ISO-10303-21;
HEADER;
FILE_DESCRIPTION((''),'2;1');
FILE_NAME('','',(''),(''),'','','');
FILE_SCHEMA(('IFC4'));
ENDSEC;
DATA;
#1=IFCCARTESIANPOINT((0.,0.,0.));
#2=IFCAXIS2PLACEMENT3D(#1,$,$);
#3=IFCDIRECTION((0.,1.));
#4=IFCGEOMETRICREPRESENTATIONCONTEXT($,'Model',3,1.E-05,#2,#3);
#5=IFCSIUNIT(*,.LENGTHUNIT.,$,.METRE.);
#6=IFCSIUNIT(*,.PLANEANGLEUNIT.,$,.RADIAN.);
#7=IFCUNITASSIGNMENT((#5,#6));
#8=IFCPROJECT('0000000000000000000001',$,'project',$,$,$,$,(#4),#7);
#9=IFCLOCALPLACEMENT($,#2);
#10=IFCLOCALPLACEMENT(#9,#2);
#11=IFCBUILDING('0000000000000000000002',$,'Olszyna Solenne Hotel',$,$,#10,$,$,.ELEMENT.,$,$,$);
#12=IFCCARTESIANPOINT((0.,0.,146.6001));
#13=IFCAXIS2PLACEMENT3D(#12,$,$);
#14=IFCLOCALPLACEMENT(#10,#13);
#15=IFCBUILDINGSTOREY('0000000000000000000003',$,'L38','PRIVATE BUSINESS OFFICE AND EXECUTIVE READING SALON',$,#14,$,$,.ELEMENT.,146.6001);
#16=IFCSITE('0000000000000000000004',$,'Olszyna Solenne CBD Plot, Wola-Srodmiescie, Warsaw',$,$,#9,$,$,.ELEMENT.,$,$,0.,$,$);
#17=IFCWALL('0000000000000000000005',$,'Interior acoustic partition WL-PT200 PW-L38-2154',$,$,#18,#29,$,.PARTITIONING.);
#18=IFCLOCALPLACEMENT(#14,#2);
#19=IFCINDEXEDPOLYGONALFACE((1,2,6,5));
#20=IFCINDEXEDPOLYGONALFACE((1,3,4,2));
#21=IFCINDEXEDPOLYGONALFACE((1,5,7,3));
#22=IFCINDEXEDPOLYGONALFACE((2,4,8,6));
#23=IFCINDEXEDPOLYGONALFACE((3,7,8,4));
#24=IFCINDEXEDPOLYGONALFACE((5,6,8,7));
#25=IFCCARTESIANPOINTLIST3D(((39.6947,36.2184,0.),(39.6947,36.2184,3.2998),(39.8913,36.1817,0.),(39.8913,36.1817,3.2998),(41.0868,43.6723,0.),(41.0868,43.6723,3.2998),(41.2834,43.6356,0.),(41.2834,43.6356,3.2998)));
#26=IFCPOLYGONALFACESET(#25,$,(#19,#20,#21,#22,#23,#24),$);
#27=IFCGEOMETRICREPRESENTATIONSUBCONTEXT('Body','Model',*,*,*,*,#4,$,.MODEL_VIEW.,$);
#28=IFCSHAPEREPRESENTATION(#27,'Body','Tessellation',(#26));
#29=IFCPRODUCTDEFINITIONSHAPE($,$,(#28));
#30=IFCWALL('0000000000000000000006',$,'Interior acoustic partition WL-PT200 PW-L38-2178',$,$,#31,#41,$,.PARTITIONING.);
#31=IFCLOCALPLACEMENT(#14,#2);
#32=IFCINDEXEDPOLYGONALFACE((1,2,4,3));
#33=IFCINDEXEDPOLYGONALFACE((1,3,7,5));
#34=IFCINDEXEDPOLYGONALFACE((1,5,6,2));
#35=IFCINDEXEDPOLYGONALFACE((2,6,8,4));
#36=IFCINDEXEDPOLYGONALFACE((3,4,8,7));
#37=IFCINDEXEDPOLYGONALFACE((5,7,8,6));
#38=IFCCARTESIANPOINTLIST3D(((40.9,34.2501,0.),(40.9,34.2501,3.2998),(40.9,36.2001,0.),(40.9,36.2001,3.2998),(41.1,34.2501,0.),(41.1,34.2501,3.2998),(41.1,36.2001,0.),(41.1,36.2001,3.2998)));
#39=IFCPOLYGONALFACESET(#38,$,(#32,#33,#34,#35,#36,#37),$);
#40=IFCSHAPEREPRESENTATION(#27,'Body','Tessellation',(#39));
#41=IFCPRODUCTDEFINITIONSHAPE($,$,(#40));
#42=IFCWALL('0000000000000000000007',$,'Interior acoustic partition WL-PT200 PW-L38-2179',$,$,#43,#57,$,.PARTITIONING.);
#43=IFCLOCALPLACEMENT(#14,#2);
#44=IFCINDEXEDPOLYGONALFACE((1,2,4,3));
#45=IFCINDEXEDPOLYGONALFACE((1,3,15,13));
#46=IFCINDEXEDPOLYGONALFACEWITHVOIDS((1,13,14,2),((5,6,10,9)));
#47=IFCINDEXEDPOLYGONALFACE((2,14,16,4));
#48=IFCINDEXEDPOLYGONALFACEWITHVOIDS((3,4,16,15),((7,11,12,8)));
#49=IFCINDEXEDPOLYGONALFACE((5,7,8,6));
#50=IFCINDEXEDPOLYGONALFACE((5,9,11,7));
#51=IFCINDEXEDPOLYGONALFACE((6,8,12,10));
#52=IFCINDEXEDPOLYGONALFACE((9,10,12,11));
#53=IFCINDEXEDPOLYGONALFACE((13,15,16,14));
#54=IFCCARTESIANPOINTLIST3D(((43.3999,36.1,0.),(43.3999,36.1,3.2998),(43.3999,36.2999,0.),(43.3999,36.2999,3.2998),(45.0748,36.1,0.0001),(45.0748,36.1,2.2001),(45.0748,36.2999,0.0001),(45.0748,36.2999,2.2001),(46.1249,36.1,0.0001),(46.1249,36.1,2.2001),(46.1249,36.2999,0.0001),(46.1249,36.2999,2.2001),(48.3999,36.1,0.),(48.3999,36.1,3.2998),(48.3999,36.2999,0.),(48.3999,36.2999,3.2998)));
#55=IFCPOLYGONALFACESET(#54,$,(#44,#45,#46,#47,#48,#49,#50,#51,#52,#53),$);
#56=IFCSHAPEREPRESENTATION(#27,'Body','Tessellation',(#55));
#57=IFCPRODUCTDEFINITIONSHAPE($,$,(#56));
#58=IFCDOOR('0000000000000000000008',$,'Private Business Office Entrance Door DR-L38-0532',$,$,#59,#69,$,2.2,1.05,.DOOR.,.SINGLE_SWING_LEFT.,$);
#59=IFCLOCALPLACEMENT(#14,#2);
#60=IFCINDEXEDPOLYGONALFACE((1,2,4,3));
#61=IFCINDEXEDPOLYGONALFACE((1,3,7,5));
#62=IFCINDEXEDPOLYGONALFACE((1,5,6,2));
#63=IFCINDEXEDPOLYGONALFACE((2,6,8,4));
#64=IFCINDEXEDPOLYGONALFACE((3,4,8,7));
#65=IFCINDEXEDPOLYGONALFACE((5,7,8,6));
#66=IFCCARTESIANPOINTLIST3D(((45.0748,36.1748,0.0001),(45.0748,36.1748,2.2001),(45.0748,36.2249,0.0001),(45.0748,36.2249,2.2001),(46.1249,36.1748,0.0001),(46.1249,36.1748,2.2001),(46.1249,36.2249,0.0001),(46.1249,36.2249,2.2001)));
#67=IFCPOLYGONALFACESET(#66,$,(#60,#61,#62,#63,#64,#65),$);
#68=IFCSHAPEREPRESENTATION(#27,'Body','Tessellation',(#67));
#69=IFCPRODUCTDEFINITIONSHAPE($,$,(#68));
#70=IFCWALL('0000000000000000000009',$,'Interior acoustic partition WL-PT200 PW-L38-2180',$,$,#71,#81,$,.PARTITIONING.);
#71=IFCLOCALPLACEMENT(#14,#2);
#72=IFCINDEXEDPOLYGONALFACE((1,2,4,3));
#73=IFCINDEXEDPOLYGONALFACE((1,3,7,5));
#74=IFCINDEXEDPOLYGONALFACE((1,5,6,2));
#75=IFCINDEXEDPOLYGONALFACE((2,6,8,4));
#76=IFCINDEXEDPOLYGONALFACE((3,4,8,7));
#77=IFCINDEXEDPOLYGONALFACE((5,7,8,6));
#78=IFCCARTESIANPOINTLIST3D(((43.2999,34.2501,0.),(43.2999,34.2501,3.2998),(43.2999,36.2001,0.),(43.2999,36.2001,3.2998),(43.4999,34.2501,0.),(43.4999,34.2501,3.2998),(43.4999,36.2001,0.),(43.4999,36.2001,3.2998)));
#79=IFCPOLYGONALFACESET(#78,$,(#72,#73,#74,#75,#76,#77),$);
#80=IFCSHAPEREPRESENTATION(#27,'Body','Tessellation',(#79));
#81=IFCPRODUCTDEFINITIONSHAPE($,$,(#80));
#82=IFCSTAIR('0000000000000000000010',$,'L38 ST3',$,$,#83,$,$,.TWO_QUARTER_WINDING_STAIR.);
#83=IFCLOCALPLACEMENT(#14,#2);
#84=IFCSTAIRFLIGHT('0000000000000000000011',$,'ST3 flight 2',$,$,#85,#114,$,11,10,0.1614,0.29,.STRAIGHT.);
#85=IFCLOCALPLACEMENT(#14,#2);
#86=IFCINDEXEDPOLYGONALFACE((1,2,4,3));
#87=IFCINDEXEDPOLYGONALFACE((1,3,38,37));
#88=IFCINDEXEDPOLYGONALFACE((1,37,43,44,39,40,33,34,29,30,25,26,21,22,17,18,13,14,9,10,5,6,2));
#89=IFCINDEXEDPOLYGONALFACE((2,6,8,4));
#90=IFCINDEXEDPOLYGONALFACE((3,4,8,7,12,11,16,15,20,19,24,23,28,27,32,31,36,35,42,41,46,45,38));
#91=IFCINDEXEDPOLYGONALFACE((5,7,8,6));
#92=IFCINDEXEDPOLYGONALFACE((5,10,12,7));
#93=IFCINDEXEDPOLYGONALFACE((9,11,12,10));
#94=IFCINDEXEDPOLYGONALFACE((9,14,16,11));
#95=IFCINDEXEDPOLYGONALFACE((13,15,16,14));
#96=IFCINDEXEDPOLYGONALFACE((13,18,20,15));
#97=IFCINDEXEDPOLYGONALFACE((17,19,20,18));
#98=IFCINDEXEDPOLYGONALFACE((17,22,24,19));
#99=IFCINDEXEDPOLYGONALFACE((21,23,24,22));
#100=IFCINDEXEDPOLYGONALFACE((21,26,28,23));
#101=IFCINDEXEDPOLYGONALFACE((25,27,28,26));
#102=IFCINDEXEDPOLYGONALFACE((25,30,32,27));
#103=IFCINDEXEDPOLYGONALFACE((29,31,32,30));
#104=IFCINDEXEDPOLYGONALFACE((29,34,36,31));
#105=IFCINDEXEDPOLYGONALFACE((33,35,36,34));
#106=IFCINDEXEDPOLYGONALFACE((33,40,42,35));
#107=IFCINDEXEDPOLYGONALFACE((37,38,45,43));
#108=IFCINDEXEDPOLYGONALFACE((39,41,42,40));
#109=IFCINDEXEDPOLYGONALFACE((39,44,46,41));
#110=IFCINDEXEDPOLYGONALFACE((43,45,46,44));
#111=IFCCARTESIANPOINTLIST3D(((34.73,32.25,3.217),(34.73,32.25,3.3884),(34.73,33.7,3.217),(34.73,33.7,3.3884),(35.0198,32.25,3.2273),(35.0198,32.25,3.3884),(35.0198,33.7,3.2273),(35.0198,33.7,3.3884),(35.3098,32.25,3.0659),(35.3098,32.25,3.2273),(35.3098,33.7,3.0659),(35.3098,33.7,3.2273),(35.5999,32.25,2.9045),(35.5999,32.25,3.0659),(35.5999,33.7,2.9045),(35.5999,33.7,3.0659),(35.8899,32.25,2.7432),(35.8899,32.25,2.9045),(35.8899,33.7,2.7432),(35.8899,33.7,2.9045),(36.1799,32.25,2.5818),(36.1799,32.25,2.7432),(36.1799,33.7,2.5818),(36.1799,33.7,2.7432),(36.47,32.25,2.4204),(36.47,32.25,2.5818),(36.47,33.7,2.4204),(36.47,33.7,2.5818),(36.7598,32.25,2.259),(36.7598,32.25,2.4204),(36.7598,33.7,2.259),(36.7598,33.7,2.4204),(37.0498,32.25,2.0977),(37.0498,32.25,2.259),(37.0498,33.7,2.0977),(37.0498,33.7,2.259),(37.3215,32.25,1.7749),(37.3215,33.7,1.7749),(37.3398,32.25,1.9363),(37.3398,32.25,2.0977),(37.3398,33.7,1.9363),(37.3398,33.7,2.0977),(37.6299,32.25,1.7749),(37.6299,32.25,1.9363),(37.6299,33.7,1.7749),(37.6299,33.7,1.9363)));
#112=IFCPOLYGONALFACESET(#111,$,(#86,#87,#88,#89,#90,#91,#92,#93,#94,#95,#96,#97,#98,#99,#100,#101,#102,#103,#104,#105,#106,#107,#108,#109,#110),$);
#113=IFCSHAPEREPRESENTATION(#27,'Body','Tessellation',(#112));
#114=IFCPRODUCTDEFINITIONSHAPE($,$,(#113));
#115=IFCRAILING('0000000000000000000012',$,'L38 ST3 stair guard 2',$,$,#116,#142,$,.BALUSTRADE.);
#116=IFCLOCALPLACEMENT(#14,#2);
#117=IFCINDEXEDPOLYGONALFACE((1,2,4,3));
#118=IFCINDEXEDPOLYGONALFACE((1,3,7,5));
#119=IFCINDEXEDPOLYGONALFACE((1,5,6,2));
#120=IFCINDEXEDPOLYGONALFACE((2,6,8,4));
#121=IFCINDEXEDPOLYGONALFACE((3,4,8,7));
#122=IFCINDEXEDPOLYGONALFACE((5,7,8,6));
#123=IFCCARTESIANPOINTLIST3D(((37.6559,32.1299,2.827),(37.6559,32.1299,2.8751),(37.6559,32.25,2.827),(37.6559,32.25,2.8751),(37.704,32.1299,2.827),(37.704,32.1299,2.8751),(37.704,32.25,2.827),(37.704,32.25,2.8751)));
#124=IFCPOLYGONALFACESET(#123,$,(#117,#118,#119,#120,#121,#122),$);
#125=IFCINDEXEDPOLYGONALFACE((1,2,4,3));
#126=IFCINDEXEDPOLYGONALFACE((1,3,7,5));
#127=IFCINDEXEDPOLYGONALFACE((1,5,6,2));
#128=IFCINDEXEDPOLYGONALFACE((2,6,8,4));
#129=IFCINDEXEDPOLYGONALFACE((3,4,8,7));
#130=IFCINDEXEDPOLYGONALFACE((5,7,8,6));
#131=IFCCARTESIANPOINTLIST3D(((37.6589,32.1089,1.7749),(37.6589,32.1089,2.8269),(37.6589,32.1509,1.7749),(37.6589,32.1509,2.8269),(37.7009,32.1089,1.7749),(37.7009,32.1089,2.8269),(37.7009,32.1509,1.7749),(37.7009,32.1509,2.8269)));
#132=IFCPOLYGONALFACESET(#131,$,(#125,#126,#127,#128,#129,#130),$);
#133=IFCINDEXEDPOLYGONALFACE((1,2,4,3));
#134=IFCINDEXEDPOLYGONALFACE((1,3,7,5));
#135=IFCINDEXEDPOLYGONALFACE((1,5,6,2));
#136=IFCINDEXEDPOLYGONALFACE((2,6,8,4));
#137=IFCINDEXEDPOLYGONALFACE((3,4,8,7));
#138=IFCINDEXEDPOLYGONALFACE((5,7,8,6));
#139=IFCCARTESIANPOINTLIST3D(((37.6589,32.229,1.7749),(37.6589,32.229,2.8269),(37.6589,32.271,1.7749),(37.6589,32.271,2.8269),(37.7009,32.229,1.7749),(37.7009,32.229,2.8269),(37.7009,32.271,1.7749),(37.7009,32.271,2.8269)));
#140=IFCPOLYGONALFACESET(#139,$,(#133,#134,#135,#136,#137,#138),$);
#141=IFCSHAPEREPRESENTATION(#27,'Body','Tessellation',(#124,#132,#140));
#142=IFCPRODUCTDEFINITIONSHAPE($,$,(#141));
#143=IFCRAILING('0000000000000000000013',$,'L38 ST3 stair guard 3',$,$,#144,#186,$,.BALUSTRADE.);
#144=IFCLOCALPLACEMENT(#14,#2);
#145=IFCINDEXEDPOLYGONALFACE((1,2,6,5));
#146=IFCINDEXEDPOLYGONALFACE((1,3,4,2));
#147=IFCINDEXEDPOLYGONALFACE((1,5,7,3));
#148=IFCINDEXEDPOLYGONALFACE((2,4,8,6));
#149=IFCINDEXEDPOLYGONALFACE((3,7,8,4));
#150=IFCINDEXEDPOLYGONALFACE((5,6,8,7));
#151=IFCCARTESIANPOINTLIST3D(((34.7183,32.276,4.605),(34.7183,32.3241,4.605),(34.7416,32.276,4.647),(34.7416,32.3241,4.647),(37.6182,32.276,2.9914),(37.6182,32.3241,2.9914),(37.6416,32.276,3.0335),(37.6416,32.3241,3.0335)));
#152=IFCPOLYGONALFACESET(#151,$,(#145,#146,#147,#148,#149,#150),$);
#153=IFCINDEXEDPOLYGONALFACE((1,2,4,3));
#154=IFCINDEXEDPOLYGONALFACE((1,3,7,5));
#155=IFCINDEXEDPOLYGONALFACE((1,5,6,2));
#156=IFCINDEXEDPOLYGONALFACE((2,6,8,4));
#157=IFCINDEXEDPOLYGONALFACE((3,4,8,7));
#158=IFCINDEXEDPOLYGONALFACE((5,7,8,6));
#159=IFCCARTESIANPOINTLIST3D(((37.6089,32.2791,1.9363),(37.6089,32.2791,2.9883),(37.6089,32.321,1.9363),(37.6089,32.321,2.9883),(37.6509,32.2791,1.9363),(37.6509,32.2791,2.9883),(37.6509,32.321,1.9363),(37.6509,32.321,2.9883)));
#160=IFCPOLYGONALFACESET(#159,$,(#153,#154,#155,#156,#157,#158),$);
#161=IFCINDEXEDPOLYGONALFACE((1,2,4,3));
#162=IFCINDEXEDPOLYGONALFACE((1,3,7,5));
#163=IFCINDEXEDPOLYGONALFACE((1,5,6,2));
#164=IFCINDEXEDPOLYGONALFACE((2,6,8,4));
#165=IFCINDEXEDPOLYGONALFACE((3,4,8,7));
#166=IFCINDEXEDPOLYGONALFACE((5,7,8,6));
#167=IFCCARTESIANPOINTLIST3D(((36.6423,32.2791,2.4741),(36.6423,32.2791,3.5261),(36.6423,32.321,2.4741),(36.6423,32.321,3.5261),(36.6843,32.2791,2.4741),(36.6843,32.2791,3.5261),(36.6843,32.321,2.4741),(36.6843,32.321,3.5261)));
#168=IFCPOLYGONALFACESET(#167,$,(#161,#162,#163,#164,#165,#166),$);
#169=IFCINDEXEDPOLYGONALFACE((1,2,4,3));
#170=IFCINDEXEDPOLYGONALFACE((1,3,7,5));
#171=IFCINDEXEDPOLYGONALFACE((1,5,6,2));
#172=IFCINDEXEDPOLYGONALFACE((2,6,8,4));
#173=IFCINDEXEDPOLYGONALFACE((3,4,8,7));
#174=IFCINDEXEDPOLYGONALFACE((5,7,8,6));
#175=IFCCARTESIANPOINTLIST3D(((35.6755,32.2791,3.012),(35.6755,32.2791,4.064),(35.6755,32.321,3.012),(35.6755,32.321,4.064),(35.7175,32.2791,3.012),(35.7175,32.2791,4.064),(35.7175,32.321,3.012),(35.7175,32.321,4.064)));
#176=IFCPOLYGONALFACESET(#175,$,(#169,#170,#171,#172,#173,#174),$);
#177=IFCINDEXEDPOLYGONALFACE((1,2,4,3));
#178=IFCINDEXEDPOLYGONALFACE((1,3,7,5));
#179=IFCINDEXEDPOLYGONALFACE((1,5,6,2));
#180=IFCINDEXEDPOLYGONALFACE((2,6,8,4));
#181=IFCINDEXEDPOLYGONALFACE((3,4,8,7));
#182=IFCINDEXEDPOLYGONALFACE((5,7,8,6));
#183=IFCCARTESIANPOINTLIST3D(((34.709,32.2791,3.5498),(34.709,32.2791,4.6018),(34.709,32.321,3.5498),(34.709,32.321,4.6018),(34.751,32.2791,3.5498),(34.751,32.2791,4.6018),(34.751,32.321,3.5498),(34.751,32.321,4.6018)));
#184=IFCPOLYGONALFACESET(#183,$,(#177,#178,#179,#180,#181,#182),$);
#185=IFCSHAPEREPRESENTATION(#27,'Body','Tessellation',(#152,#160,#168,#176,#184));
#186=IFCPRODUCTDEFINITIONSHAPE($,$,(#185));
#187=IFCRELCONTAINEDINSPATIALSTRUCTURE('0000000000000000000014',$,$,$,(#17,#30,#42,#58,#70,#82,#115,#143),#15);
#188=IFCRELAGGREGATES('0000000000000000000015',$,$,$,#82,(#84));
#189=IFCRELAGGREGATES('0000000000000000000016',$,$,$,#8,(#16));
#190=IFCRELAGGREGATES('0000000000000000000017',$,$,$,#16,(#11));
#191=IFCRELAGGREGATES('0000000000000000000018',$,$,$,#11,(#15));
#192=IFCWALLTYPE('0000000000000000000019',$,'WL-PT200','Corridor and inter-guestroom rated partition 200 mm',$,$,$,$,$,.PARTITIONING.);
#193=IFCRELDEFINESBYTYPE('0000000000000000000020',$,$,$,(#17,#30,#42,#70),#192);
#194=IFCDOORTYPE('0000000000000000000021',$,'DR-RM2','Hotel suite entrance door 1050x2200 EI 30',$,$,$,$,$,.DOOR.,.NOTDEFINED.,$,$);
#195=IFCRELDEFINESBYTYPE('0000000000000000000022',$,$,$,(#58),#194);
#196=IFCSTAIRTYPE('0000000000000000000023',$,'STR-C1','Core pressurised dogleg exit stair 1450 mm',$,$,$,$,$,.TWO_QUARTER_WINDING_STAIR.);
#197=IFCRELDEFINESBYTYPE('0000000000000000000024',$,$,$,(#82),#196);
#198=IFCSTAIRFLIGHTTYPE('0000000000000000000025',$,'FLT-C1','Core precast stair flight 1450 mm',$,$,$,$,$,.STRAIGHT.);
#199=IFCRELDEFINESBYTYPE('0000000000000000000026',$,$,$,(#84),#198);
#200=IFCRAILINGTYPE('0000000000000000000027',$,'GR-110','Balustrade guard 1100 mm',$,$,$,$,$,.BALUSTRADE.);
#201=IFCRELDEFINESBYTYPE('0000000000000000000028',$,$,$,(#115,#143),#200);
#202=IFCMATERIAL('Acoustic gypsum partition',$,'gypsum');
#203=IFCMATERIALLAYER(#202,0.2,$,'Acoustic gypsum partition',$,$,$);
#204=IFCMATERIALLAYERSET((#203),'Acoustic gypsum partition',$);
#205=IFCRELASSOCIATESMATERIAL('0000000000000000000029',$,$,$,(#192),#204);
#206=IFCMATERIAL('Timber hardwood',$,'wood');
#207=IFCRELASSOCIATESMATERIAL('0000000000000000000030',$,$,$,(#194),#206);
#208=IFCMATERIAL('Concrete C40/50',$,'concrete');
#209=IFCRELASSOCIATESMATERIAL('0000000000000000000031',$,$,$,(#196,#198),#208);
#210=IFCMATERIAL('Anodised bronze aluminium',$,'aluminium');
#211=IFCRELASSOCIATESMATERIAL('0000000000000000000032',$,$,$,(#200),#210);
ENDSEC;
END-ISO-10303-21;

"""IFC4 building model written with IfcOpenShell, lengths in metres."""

from ifc_helpers import new_model, si_unit, direction, frame, frame_2d, origin, origin_2d, place, context, subcontext, project, spatial, polyline, rectangle, outline, extrude, source, transform, mapped, material, layer, layer_set, type_object, type_shapes, element, fill, aggregate, save


model = new_model("IFC4")

# Units and contexts
model_context = context("Model", 3, precision=1e-05, world=origin(), true_north=direction((0.0, 1.0)))
body_context = subcontext(model_context, "Body", "Model", "MODEL_VIEW")
ifc_project = project(units=[si_unit("LENGTHUNIT", "METRE"), si_unit("PLANEANGLEUNIT", "RADIAN")], contexts=[model_context])

# Site, building, storey
site_placement = place(None, origin())
site = spatial("IfcSite", under=ifc_project, at=site_placement, Name="Olszyna Solenne CBD Plot, Wola-Srodmiescie, Warsaw", CompositionType="ELEMENT", RefElevation=0.0)
building_placement = place(site_placement, origin())
building = spatial("IfcBuilding", under=site, at=building_placement, Name="Olszyna Solenne Hotel", CompositionType="ELEMENT")
storey_placement = place(building_placement, frame((0.0, 0.0, 146.6001)))
storey = spatial("IfcBuildingStorey", under=building, at=storey_placement, Name="L38", Description="PRIVATE BUSINESS OFFICE AND EXECUTIVE READING SALON", CompositionType="ELEMENT", Elevation=146.6001)

# Shared definitions
ifc_material_1 = material(Name="Timber hardwood", Category="wood")

# Shared definitions
ifc_material_2 = material(Name="Anodised bronze aluminium", Category="aluminium")

# Shared definitions
ifc_material_3 = material(Name="Acoustic gypsum partition", Category="gypsum")

# Walls
ifc_layer_1 = layer(ifc_material_3, 0.2, Name="Acoustic gypsum partition")
ifc_layer_set_1 = layer_set([ifc_layer_1], Name="Acoustic gypsum partition")
wall_type_1 = type_object("IfcWallType", Name="WL-PT200", Description="Corridor and inter-guestroom rated partition 200 mm", PredefinedType="PARTITIONING", material=ifc_layer_set_1)
wall_1_placement = place(storey_placement, frame((39.793, 36.2, 0.0), z_axis=(0.0, 0.0, 1.0), x_axis=(0.183587, 0.983004, 0.0)))
element("IfcWall", 1, at=wall_1_placement, inside=storey, type_object=wall_type_1, Name="Interior acoustic partition WL-PT200 PW-L38-2154", PredefinedType="PARTITIONING", context=body_context, shape_type="SweptSolid", body=[
    extrude(rectangle(XDim=7.5828, YDim=0.2, at=frame_2d((3.7915, 0.0))), origin(), (0.0, 0.0, 1.0), 3.2998),
])
wall_2_placement = place(storey_placement, frame((41.0, 34.25, 0.0), z_axis=(0.0, 0.0, 1.0), x_axis=(0.0, 1.0, 0.0)))
element("IfcWall", 2, at=wall_2_placement, inside=storey, type_object=wall_type_1, Name="Interior acoustic partition WL-PT200 PW-L38-2178", PredefinedType="PARTITIONING", context=body_context, shape_type="SweptSolid", body=[
    extrude(rectangle(XDim=1.95, YDim=0.2, at=frame_2d((0.9751, 0.0))), origin(), (0.0, 0.0, 1.0), 3.2998),
])

# Wall, opening, door
wall_3_placement = place(storey_placement, frame((43.3999, 36.2, 0.0), z_axis=(0.0, 0.0, 1.0), x_axis=(1.0, 0.0, 0.0)))
wall_3 = element("IfcWall", 3, at=wall_3_placement, inside=storey, type_object=wall_type_1, Name="Interior acoustic partition WL-PT200 PW-L38-2179", PredefinedType="PARTITIONING", context=body_context, shape_type="SweptSolid", body=[
    extrude(rectangle(XDim=5.0, YDim=0.2, at=frame_2d((2.5, 0.0))), origin(), (0.0, 0.0, 1.0), 3.2998),
])
opening_1_placement = place(wall_3_placement, frame((1.675, 0.0, 0.0)))
opening_1 = element("IfcOpeningElement", 4, at=opening_1_placement, cuts=wall_3, PredefinedType="OPENING", context=body_context, shape_type="SweptSolid", body=[
    extrude(rectangle(XDim=1.05, YDim=2.2, at=frame_2d((0.5249, 1.1001))), frame((0.0, 0.1099, 0.0), z_axis=(0.0, -1.0, 0.0), x_axis=(1.0, 0.0, 0.0)), (0.0, 0.0, 1.0), 0.22),
])
door_type_1 = type_object("IfcDoorType", Name="DR-RM2", Description="Hotel suite entrance door 1050x2200 EI 30", OperationType="NOTDEFINED", PredefinedType="DOOR", material=ifc_material_1)
shared_shape_1 = source(origin(), body_context, "Body", "SweptSolid", [
    extrude(rectangle(XDim=1.05, YDim=2.2, at=frame_2d((0.5249, 1.1001))), frame((0.0, 0.0249, 0.0), z_axis=(0.0, -1.0, 0.0), x_axis=(1.0, 0.0, 0.0)), (0.0, 0.0, 1.0), 0.05),
])
type_shapes(door_type_1, [shared_shape_1])
door_1_placement = place(opening_1_placement, origin())
door_1 = element("IfcDoor", 5, at=door_1_placement, inside=storey, type_object=door_type_1, Name="Private Business Office Entrance Door DR-L38-0532", OperationType="SINGLE_SWING_LEFT", OverallHeight=2.2, OverallWidth=1.05, PredefinedType="DOOR", context=body_context, shape_type="MappedRepresentation", body=[
    mapped(shared_shape_1, transform((0.0, 0.0, 0.0), x_axis=(1.0, 0.0, 0.0), y_axis=(0.0, 1.0, 0.0), z_axis=(0.0, 0.0, 1.0), scale=1.0)),
])
fill(opening_1, door_1)

# Wall
wall_4_placement = place(storey_placement, frame((43.3999, 34.25, 0.0), z_axis=(0.0, 0.0, 1.0), x_axis=(0.0, 1.0, 0.0)))
element("IfcWall", 6, at=wall_4_placement, inside=storey, type_object=wall_type_1, Name="Interior acoustic partition WL-PT200 PW-L38-2180", PredefinedType="PARTITIONING", context=body_context, shape_type="SweptSolid", body=[
    extrude(rectangle(XDim=1.95, YDim=0.2, at=frame_2d((0.9751, 0.0))), origin(), (0.0, 0.0, 1.0), 3.2998),
])

# Stair, stair flight
ifc_material_4 = material(Name="Concrete C40/50", Category="concrete")
stair_type = type_object("IfcStairType", Name="STR-C1", Description="Core pressurised dogleg exit stair 1450 mm", PredefinedType="TWO_QUARTER_WINDING_STAIR", material=ifc_material_4)
stair_placement = place(storey_placement, origin())
stair = element("IfcStair", 7, at=stair_placement, inside=storey, type_object=stair_type, Name="L38 ST3", PredefinedType="TWO_QUARTER_WINDING_STAIR")
stair_flight_type = type_object("IfcStairFlightType", Name="FLT-C1", Description="Core precast stair flight 1450 mm", PredefinedType="STRAIGHT", material=ifc_material_4)
stair_flight_placement = place(storey_placement, frame((37.6299, 32.9751, 1.7749), z_axis=(0.0, 0.0, 1.0), x_axis=(-1.0, 0.0, 0.0)))
stair_flight = element("IfcStairFlight", 8, at=stair_flight_placement, type_object=stair_flight_type, Name="ST3 flight 2", NumberOfRisers=11, NumberOfTreads=10, PredefinedType="STRAIGHT", RiserHeight=0.1614, TreadLength=0.29, context=body_context, shape_type="SweptSolid", body=[
    extrude(outline(polyline([(0.0, 0.0), (0.0, 0.1614), (0.29, 0.1614), (0.29, 0.3228), (0.5801, 0.3228), (0.5801, 0.4841), (0.8701, 0.4841), (0.8701, 0.6455), (1.1599, 0.6455), (1.1599, 0.8069), (1.45, 0.8069), (1.45, 0.9683), (1.74, 0.9683), (1.74, 1.1296), (2.03, 1.1296), (2.03, 1.291), (2.3201, 1.291), (2.3201, 1.4524), (2.6101, 1.4524), (2.6101, 1.6135), (2.8999, 1.6135), (2.8999, 1.7749), (2.8999, 1.4421), (0.3083, 0.0), (0.0, 0.0)])), frame((0.0, 0.7251, 0.0), z_axis=(0.0, -1.0, 0.0), x_axis=(1.0, 0.0, 0.0)), (0.0, 0.0, 1.0), 1.45),
])
aggregate(stair, [stair_flight])

# Railings
railing_type_1 = type_object("IfcRailingType", Name="GR-110", Description="Balustrade guard 1100 mm", PredefinedType="BALUSTRADE", material=ifc_material_2)
railing_1_placement = place(storey_placement, frame((37.6799, 32.1299, 1.7749)))
element("IfcRailing", 9, at=railing_1_placement, inside=storey, type_object=railing_type_1, Name="L38 ST3 stair guard 2", PredefinedType="BALUSTRADE", context=body_context, shape_type="SweptSolid", body=[
    extrude(rectangle(XDim=0.0481, YDim=0.0481, at=origin_2d()), frame((0.0, 0.0, 1.0762), z_axis=(0.0, 1.0, 0.0), x_axis=(-1.0, 0.0, 0.0)), (0.0, 0.0, 1.0), 0.1201),
    extrude(rectangle(XDim=0.042, YDim=0.042, at=origin_2d()), origin(), (0.0, 0.0, 1.0), 1.052),
    extrude(rectangle(XDim=0.042, YDim=0.042, at=origin_2d()), frame((0.0, 0.1201, 0.0)), (0.0, 0.0, 1.0), 1.052),
])
railing_2_placement = place(storey_placement, frame((37.6299, 32.3, 1.9363)))
element("IfcRailing", 10, at=railing_2_placement, inside=storey, type_object=railing_type_1, Name="L38 ST3 stair guard 3", PredefinedType="BALUSTRADE", context=body_context, shape_type="SweptSolid", body=[
    extrude(rectangle(XDim=0.0481, YDim=0.0481, at=origin_2d()), frame((0.0, 0.0, 1.0762), z_axis=(-0.873841, 0.0, 0.486211), x_axis=(0.0, -1.0, 0.0)), (0.0, 0.0, 1.0), 3.3186),
    extrude(rectangle(XDim=0.042, YDim=0.042, at=origin_2d()), origin(), (0.0, 0.0, 1.0), 1.052),
    extrude(rectangle(XDim=0.042, YDim=0.042, at=origin_2d()), frame((-0.9666, 0.0, 0.5378)), (0.0, 0.0, 1.0), 1.052),
    extrude(rectangle(XDim=0.042, YDim=0.042, at=origin_2d()), frame((-1.9333, 0.0, 1.0757)), (0.0, 0.0, 1.0), 1.052),
    extrude(rectangle(XDim=0.042, YDim=0.042, at=origin_2d()), frame((-2.8999, 0.0, 1.6135)), (0.0, 0.0, 1.0), 1.052),
])

save(model, "model.ifc")
